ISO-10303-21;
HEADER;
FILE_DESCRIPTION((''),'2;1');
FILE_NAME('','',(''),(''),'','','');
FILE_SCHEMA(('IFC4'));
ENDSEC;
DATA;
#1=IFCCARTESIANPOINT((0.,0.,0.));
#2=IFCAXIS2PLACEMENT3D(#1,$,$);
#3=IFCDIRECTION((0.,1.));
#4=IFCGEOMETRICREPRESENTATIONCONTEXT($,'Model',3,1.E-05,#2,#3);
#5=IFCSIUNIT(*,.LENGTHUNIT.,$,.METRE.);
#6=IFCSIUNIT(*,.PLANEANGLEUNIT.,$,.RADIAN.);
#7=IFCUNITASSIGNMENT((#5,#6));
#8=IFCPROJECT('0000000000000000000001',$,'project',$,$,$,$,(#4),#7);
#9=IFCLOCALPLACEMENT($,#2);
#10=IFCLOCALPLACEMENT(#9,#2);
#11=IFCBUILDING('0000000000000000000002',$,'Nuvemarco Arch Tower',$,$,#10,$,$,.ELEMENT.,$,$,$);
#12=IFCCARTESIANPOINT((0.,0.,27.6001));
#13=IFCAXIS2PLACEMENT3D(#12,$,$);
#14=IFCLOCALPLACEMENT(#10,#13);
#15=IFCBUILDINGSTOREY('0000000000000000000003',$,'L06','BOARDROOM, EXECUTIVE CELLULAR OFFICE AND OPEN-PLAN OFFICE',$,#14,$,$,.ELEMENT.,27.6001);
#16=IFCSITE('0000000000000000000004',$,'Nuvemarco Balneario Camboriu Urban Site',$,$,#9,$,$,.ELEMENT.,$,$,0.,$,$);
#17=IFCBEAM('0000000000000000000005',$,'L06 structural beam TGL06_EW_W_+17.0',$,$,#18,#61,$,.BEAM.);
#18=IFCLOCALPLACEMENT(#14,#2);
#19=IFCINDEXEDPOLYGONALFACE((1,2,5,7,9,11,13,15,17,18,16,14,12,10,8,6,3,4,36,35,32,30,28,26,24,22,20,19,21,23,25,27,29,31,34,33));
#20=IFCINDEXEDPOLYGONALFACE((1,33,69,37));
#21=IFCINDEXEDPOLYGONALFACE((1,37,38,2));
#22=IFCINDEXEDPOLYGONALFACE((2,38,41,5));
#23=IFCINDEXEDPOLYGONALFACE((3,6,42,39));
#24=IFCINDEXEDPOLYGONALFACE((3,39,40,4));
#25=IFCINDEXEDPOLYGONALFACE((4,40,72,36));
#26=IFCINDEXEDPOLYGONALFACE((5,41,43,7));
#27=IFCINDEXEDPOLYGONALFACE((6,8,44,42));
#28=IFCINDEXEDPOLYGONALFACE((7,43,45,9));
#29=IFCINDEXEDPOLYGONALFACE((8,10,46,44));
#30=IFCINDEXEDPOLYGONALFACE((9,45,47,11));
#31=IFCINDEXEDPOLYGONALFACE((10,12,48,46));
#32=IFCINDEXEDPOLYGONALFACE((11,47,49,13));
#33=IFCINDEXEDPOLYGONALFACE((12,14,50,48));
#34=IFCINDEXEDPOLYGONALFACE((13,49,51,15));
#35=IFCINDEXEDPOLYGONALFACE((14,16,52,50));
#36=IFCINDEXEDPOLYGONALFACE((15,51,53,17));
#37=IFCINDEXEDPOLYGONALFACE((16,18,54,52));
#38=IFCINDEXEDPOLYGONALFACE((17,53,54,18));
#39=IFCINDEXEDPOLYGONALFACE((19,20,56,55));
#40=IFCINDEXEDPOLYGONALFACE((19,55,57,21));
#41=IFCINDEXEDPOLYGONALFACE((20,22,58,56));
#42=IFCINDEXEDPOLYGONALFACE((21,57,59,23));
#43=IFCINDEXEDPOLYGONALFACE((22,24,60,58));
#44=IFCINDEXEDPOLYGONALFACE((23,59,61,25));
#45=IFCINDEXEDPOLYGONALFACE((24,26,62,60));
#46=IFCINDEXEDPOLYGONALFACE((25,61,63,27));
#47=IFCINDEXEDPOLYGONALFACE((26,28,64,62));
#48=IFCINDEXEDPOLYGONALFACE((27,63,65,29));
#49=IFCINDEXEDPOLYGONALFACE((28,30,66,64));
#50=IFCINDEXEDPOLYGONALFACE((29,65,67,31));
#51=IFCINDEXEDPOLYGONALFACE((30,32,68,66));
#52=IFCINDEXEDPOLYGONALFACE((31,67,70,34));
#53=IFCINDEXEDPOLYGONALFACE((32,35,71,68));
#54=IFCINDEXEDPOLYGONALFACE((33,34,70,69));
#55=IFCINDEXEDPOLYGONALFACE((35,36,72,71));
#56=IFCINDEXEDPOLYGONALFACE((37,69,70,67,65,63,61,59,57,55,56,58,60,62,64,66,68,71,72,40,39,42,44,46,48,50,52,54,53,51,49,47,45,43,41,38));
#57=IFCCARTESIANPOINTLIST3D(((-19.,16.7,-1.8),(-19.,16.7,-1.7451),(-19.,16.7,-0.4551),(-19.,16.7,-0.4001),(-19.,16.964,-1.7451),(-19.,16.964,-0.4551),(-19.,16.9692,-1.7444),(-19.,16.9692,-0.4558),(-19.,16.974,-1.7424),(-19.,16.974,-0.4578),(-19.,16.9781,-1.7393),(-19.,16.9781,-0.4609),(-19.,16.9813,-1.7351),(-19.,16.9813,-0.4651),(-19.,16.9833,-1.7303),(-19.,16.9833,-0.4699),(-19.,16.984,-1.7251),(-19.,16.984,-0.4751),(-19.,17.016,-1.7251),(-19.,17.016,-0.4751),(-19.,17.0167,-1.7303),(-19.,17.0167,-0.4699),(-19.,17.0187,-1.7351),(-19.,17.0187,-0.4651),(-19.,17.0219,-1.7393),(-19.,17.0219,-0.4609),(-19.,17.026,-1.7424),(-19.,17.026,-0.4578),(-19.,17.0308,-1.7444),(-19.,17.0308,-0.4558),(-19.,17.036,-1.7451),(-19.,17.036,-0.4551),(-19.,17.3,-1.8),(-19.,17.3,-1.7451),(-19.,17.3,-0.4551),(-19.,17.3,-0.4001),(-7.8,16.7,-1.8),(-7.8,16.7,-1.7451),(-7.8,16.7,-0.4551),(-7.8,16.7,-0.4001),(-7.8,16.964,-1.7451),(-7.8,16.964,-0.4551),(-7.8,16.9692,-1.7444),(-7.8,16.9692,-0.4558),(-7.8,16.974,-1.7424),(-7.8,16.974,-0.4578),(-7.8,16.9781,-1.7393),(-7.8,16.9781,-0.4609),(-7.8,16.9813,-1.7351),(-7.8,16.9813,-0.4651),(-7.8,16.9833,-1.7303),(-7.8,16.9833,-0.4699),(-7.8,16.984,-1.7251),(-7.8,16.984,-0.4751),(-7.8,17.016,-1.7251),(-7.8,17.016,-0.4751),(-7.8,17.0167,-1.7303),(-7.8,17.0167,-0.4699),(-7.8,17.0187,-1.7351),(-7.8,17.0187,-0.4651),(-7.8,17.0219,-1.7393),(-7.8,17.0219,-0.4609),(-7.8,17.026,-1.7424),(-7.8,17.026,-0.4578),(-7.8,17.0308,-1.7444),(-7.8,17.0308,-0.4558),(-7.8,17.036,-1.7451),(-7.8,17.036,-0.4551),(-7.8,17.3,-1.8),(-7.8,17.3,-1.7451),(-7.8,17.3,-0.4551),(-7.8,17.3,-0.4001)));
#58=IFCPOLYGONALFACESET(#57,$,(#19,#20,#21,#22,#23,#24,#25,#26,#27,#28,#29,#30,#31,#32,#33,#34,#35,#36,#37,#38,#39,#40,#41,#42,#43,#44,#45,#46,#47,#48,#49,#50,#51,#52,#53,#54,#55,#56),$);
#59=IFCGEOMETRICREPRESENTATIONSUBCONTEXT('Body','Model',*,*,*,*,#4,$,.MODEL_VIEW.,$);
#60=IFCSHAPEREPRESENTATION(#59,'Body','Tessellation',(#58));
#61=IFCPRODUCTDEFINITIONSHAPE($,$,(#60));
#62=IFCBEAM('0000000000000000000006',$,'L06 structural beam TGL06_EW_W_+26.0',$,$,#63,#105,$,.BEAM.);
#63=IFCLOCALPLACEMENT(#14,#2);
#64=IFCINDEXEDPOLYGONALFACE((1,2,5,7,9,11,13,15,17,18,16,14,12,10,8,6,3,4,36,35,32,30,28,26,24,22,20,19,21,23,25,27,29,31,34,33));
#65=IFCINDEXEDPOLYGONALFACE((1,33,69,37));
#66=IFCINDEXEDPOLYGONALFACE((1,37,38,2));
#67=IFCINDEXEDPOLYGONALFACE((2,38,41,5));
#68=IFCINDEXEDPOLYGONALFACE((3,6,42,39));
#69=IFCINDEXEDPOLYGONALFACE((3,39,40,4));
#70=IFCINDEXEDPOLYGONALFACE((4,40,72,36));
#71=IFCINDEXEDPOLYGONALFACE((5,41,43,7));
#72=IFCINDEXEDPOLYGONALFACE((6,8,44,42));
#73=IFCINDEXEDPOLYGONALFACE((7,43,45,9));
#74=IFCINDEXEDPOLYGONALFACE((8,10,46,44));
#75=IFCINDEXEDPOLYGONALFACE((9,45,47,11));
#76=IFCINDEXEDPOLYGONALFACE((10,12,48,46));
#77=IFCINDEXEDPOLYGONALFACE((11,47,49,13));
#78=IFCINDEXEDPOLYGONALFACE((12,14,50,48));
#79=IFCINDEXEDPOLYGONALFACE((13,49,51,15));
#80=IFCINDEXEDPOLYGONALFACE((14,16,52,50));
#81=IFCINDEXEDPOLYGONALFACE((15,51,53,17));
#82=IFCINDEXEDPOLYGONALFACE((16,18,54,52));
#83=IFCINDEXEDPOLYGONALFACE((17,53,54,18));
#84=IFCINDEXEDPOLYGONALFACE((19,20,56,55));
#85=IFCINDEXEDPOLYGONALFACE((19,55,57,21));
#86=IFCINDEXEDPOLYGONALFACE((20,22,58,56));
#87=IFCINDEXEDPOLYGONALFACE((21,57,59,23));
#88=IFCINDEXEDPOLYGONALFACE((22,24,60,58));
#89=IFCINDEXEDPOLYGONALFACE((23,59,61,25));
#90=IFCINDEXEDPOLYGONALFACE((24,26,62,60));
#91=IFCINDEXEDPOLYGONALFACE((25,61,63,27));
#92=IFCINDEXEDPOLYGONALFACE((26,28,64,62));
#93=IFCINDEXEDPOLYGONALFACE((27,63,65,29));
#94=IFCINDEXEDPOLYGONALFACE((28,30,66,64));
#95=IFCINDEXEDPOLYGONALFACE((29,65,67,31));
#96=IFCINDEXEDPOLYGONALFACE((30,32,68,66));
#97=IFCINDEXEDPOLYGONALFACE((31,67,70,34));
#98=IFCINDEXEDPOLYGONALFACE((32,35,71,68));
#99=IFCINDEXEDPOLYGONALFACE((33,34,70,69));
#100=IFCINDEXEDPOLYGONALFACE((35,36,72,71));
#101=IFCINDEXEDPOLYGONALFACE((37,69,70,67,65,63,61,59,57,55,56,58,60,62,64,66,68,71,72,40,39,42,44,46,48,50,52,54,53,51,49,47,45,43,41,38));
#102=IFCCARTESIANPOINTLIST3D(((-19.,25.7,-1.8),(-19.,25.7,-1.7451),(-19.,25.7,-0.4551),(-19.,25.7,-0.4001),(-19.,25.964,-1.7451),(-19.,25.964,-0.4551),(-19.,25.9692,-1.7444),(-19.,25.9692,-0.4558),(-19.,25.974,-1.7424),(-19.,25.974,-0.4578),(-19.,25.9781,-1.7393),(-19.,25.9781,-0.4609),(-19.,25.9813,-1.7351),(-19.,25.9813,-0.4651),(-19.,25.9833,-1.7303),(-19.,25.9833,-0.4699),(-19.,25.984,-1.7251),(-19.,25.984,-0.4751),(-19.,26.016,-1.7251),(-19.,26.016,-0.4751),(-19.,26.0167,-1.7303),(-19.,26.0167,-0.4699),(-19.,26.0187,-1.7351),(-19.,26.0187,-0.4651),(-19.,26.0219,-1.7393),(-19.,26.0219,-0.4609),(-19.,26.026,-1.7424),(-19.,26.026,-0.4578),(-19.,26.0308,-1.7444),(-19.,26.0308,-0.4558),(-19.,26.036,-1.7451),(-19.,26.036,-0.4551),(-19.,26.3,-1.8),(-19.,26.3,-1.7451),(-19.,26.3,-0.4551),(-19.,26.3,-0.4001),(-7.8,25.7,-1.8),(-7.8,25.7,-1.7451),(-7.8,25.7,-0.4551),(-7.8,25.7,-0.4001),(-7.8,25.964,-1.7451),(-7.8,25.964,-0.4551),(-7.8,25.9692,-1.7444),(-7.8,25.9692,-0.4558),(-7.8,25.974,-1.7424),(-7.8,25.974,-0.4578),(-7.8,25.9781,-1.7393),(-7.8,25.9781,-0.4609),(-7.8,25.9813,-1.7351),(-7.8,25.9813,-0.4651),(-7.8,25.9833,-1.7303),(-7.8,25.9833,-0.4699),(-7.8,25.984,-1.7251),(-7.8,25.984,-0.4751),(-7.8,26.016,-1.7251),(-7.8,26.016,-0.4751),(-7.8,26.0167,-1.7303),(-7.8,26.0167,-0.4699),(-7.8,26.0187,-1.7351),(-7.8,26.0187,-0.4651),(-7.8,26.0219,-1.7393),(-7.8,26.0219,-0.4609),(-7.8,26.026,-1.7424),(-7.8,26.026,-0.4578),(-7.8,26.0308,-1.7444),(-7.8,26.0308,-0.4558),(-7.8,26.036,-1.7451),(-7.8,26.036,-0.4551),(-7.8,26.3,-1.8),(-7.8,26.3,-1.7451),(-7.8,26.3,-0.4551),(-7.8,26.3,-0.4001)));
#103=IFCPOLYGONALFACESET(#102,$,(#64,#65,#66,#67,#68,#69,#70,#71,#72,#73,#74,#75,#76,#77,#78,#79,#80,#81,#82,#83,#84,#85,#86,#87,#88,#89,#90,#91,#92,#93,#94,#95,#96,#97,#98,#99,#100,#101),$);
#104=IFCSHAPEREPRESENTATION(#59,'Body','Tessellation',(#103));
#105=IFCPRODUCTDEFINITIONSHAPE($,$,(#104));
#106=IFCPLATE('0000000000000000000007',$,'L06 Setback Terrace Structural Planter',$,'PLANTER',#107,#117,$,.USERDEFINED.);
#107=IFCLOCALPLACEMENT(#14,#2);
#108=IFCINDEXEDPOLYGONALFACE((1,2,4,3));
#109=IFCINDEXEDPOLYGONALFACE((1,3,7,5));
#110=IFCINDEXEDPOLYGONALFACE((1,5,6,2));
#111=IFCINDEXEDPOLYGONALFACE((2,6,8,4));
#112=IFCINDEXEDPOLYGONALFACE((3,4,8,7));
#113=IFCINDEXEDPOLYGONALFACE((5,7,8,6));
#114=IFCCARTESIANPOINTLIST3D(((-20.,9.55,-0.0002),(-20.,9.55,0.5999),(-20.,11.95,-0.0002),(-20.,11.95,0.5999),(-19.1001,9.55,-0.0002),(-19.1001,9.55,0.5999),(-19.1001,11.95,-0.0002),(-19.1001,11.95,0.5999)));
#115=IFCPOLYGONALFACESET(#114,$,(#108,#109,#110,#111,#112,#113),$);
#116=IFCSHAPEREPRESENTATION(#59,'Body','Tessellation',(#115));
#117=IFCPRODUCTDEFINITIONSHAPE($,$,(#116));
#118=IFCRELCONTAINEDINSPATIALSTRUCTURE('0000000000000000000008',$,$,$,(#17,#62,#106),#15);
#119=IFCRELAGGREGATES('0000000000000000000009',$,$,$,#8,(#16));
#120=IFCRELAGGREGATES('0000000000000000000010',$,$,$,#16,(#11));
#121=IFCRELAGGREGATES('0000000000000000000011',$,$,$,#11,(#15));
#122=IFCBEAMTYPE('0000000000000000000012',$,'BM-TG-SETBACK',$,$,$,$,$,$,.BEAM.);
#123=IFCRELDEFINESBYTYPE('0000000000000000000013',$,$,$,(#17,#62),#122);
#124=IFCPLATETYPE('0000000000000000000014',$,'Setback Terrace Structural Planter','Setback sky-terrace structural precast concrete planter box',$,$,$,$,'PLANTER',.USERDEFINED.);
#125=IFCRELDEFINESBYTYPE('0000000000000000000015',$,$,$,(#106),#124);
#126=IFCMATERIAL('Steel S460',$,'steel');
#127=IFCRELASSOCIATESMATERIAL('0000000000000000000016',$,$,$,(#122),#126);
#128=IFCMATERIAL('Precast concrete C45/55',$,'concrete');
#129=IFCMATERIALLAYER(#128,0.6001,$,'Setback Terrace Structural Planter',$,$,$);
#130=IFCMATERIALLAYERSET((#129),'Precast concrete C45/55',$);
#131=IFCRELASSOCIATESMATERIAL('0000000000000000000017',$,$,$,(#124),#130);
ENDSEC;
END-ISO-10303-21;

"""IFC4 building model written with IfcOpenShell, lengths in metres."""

from ifc_helpers import new_model, si_unit, direction, frame, origin, origin_2d, place, context, subcontext, project, spatial, rectangle, i_section, extrude, source, transform, mapped, material, layer, layer_set, material_profile, profile_set, type_object, type_shapes, element, save


model = new_model("IFC4")

# Units and contexts
model_context = context("Model", 3, precision=1e-05, world=origin(), true_north=direction((0.0, 1.0)))
body_context = subcontext(model_context, "Body", "Model", "MODEL_VIEW")
ifc_project = project(units=[si_unit("LENGTHUNIT", "METRE"), si_unit("PLANEANGLEUNIT", "RADIAN")], contexts=[model_context])

# Site, building, storey
site_placement = place(None, origin())
site = spatial("IfcSite", under=ifc_project, at=site_placement, Name="Nuvemarco Balneario Camboriu Urban Site", CompositionType="ELEMENT", RefElevation=0.0)
building_placement = place(site_placement, origin())
building = spatial("IfcBuilding", under=site, at=building_placement, Name="Nuvemarco Arch Tower", CompositionType="ELEMENT")
storey_placement = place(building_placement, frame((0.0, 0.0, 27.6001)))
storey = spatial("IfcBuildingStorey", under=building, at=storey_placement, Name="L06", Description="BOARDROOM, EXECUTIVE CELLULAR OFFICE AND OPEN-PLAN OFFICE", CompositionType="ELEMENT", Elevation=27.6001)

# Shared definitions
ifc_material_1 = material(Name="Steel S460", Category="steel")

# Beams
ifc_material_profile_1 = material_profile(ifc_material_1, i_section(OverallWidth=0.6001, OverallDepth=1.3999, WebThickness=0.032, FlangeThickness=0.0549, FilletRadius=0.02, at=origin_2d()), Name="PG1400x600")
ifc_profile_set_1 = profile_set([ifc_material_profile_1], Name="Steel S460")
beam_type_1 = type_object("IfcBeamType", Name="BM-TG-SETBACK", PredefinedType="BEAM", material=ifc_profile_set_1)
for number, where, z_axis, x_axis, name in (
    (1, (-19.0, 17.0, -1.1001), (1.0, 0.0, 0.0), (0.0, 1.0, 0.0), "L06 structural beam TGL06_EW_W_+17.0"),
    (2, (-19.0, 26.0, -1.1001), (1.0, 0.0, 0.0), (0.0, 1.0, 0.0), "L06 structural beam TGL06_EW_W_+26.0"),
):
    element("IfcBeam", number, at=place(storey_placement, frame(where, z_axis=z_axis, x_axis=x_axis)), inside=storey, type_object=beam_type_1, Name=name, PredefinedType="BEAM", context=body_context, shape_type="SweptSolid", body=[
        extrude(i_section(OverallWidth=0.6001, OverallDepth=1.3999, WebThickness=0.032, FlangeThickness=0.0549, FilletRadius=0.02, at=origin_2d()), origin(), (0.0, 0.0, 1.0), 11.2),
    ])

# Plate
ifc_material_2 = material(Name="Precast concrete C45/55", Category="concrete")
ifc_layer_1 = layer(ifc_material_2, 0.6001, Name="Setback Terrace Structural Planter")
ifc_layer_set_1 = layer_set([ifc_layer_1], Name="Precast concrete C45/55")
plate_type = type_object("IfcPlateType", Name="Setback Terrace Structural Planter", Description="Setback sky-terrace structural precast concrete planter box", ElementType="PLANTER", PredefinedType="USERDEFINED", material=ifc_layer_set_1)
shared_shape_1 = source(origin(), body_context, "Body", "SweptSolid", [
    extrude(rectangle(XDim=2.3999, YDim=0.8999, at=origin_2d()), origin(), (0.0, 0.0, 1.0), 0.6001),
])
type_shapes(plate_type, [shared_shape_1])
plate_placement = place(storey_placement, frame((-19.55, 10.75, -0.0002), z_axis=(0.0, 0.0, 1.0), x_axis=(0.0, 1.0, 0.0)))
element("IfcPlate", 3, at=plate_placement, inside=storey, type_object=plate_type, Name="L06 Setback Terrace Structural Planter", ObjectType="PLANTER", PredefinedType="USERDEFINED", context=body_context, shape_type="MappedRepresentation", body=[
    mapped(shared_shape_1, transform((0.0, 0.0, 0.0), scale=1.0)),
])

save(model, "model.ifc")
